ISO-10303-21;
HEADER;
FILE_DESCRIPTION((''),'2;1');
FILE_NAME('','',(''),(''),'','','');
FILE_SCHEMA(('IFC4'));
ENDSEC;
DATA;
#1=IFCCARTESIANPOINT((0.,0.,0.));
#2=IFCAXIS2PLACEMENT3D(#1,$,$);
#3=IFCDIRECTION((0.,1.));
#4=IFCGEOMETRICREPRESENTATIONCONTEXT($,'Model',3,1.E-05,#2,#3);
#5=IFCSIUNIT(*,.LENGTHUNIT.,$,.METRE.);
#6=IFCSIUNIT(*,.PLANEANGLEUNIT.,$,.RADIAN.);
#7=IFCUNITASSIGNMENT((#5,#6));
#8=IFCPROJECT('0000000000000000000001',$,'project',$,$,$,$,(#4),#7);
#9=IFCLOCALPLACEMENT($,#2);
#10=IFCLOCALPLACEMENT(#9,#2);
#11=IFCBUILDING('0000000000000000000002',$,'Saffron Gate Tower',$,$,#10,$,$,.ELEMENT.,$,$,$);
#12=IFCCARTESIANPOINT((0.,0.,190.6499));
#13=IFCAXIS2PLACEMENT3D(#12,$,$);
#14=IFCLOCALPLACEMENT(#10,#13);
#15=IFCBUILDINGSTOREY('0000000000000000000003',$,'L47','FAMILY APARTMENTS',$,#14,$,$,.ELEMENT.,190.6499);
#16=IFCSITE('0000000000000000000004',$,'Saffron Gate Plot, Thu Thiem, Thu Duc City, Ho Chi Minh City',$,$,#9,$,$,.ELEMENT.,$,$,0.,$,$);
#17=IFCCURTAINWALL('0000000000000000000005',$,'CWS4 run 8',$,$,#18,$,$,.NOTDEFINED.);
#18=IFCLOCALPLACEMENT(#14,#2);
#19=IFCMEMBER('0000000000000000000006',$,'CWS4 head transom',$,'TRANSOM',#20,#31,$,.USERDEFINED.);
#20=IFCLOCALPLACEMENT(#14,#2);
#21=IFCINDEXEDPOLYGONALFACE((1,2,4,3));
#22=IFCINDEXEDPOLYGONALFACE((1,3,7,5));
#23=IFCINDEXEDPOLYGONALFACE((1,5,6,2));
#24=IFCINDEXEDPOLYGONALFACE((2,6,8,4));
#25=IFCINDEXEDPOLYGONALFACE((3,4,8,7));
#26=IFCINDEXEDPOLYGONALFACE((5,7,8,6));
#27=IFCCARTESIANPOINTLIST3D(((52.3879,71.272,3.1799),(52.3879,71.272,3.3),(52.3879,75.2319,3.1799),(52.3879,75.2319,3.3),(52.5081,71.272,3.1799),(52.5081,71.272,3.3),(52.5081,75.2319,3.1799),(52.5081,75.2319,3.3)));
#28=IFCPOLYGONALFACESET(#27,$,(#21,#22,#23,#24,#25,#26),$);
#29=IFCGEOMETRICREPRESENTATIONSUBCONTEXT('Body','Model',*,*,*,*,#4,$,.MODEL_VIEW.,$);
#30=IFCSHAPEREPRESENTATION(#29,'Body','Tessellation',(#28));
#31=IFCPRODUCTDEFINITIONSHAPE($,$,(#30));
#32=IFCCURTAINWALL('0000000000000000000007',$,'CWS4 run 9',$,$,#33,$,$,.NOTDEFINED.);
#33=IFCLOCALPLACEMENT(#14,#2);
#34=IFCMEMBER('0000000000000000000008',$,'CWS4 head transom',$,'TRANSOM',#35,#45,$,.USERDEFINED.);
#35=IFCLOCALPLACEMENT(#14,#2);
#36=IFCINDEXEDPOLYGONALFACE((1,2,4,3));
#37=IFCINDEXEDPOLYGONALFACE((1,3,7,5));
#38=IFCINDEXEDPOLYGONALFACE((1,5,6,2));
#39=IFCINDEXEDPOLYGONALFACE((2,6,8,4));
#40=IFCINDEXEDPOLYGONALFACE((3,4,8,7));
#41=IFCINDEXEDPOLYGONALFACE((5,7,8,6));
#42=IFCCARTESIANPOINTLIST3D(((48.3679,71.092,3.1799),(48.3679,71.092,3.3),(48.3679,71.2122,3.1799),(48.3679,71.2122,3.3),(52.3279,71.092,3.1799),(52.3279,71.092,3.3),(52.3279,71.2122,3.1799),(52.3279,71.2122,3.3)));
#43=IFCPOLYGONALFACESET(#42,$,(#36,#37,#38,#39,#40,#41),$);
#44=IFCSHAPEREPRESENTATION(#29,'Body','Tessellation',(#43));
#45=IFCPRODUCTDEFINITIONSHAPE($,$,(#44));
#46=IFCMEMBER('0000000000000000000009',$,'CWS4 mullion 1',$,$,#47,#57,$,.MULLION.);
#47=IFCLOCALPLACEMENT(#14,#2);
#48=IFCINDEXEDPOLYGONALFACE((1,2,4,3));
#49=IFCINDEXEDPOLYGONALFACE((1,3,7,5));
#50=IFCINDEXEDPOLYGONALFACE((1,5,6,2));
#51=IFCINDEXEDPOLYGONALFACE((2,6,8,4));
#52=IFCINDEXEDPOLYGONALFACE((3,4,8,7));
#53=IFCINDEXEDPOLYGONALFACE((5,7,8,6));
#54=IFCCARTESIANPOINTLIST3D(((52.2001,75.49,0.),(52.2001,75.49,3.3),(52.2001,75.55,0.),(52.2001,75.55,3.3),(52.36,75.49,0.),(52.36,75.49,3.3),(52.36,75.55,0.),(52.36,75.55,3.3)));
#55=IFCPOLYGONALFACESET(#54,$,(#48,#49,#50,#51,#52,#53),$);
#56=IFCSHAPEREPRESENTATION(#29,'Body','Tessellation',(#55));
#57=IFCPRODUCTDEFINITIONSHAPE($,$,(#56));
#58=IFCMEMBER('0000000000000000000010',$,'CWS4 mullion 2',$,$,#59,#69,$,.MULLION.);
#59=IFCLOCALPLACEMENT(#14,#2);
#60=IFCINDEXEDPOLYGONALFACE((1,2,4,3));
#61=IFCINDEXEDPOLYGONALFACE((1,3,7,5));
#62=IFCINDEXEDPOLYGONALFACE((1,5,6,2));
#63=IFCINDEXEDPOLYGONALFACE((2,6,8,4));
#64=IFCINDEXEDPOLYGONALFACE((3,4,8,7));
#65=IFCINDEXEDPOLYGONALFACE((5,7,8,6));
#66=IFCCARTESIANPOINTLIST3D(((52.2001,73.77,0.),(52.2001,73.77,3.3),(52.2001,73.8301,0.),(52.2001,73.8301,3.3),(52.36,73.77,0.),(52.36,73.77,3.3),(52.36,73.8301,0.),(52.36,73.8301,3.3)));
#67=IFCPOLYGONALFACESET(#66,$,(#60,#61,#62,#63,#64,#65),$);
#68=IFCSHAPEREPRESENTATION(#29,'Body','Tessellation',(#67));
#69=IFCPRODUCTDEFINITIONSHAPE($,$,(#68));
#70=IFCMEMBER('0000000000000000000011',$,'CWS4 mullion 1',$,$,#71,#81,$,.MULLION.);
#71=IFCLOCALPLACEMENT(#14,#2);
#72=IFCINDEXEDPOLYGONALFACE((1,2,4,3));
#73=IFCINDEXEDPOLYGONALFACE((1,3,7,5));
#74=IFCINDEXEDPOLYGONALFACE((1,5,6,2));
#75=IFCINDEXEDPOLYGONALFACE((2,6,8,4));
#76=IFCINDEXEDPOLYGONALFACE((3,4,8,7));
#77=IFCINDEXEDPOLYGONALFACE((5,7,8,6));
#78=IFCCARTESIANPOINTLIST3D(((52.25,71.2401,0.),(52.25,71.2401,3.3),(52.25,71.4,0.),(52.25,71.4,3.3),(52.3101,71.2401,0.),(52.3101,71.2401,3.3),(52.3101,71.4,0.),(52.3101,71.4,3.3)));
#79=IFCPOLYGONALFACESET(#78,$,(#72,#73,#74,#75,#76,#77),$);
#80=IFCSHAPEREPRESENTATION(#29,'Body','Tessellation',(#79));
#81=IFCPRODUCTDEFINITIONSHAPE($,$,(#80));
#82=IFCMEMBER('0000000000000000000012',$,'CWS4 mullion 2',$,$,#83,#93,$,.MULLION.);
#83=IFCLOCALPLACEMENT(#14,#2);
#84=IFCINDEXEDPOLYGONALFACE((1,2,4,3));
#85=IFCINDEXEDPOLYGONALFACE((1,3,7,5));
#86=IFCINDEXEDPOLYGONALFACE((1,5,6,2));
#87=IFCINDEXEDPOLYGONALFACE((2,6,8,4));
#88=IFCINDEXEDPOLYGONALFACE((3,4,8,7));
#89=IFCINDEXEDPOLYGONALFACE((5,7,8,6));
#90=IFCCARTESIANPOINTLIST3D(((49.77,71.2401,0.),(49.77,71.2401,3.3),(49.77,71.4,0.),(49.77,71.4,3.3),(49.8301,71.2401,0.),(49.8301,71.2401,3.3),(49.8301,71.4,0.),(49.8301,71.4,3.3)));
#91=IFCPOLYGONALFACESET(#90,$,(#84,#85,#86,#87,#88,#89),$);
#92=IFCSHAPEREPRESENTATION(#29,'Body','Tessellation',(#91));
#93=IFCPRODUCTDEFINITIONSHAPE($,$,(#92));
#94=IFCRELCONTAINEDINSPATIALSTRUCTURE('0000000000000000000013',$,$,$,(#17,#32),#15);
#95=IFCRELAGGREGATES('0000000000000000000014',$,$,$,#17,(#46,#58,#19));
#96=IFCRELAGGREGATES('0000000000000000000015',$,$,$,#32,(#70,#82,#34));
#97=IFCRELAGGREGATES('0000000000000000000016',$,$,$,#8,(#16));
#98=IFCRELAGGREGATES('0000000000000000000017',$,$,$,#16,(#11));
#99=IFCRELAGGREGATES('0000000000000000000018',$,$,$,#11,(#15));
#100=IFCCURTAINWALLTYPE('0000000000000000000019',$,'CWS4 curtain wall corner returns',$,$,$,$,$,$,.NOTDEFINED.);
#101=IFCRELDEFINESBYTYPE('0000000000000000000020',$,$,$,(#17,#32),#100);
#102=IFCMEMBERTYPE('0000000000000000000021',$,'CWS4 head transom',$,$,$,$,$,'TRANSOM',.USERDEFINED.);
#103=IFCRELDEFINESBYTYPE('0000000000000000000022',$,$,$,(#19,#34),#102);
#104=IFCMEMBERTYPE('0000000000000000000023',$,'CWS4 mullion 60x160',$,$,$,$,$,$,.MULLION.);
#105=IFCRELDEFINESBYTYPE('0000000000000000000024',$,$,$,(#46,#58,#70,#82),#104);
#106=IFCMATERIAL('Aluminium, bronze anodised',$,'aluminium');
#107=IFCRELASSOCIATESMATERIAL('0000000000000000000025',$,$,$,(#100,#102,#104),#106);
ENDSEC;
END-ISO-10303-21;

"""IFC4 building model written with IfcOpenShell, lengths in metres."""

from ifc_helpers import new_model, si_unit, direction, frame, origin, origin_2d, place, context, subcontext, project, spatial, rectangle, extrude, material, material_profile, profile_set, type_object, element, aggregate, save


model = new_model("IFC4")

# Units and contexts
model_context = context("Model", 3, precision=1e-05, world=origin(), true_north=direction((0.0, 1.0)))
body_context = subcontext(model_context, "Body", "Model", "MODEL_VIEW")
ifc_project = project(units=[si_unit("LENGTHUNIT", "METRE"), si_unit("PLANEANGLEUNIT", "RADIAN")], contexts=[model_context])

# Site, building, storey
site_placement = place(None, origin())
site = spatial("IfcSite", under=ifc_project, at=site_placement, Name="Saffron Gate Plot, Thu Thiem, Thu Duc City, Ho Chi Minh City", CompositionType="ELEMENT", RefElevation=0.0)
building_placement = place(site_placement, origin())
building = spatial("IfcBuilding", under=site, at=building_placement, Name="Saffron Gate Tower", CompositionType="ELEMENT")
storey_placement = place(building_placement, frame((0.0, 0.0, 190.6499)))
storey = spatial("IfcBuildingStorey", under=building, at=storey_placement, Name="L47", Description="FAMILY APARTMENTS", CompositionType="ELEMENT", Elevation=190.6499)

# Shared definitions
ifc_material_1 = material(Name="Aluminium, bronze anodised", Category="aluminium")

# Curtain walls, members
curtain_wall_type_1 = type_object("IfcCurtainWallType", Name="CWS4 curtain wall corner returns", PredefinedType="NOTDEFINED", material=ifc_material_1)
curtain_wall_1_placement = place(storey_placement, origin())
curtain_wall_1 = element("IfcCurtainWall", 1, at=curtain_wall_1_placement, inside=storey, type_object=curtain_wall_type_1, Name="CWS4 run 8", PredefinedType="NOTDEFINED")
ifc_material_profile_1 = material_profile(ifc_material_1, rectangle(XDim=0.1201, YDim=0.1201, at=origin_2d()))
ifc_profile_set_1 = profile_set([ifc_material_profile_1], Name="Aluminium, bronze anodised")
member_type_1 = type_object("IfcMemberType", Name="CWS4 head transom", ElementType="TRANSOM", PredefinedType="USERDEFINED", material=ifc_profile_set_1)
member_1_placement = place(storey_placement, frame((52.448, 75.2319, 3.24), z_axis=(0.0, -1.0, 0.0), x_axis=(1.0, 0.0, 0.0)))
member_1 = element("IfcMember", 2, at=member_1_placement, type_object=member_type_1, Name="CWS4 head transom", ObjectType="TRANSOM", PredefinedType="USERDEFINED", context=body_context, shape_type="SweptSolid", body=[
    extrude(rectangle(XDim=0.1201, YDim=0.1201, at=origin_2d()), origin(), (0.0, 0.0, 1.0), 3.96),
])
curtain_wall_2_placement = place(storey_placement, origin())
curtain_wall_2 = element("IfcCurtainWall", 3, at=curtain_wall_2_placement, inside=storey, type_object=curtain_wall_type_1, Name="CWS4 run 9", PredefinedType="NOTDEFINED")
member_2_placement = place(storey_placement, frame((52.3279, 71.1521, 3.24), z_axis=(-1.0, 0.0, 0.0), x_axis=(0.0, -1.0, 0.0)))
member_2 = element("IfcMember", 4, at=member_2_placement, type_object=member_type_1, Name="CWS4 head transom", ObjectType="TRANSOM", PredefinedType="USERDEFINED", context=body_context, shape_type="SweptSolid", body=[
    extrude(rectangle(XDim=0.1201, YDim=0.1201, at=origin_2d()), origin(), (0.0, 0.0, 1.0), 3.96),
])

# Members
ifc_material_profile_2 = material_profile(ifc_material_1, rectangle(XDim=0.1599, YDim=0.0601, at=origin_2d()))
ifc_profile_set_2 = profile_set([ifc_material_profile_2], Name="Aluminium, bronze anodised")
member_type_2 = type_object("IfcMemberType", Name="CWS4 mullion 60x160", PredefinedType="MULLION", material=ifc_profile_set_2)
member_3_placement = place(storey_placement, frame((52.28, 75.52, 0.0), z_axis=(0.0, 0.0, 1.0), x_axis=(1.0, 0.0, 0.0)))
member_3 = element("IfcMember", 5, at=member_3_placement, type_object=member_type_2, Name="CWS4 mullion 1", PredefinedType="MULLION", context=body_context, shape_type="SweptSolid", body=[
    extrude(rectangle(XDim=0.1599, YDim=0.0601, at=origin_2d()), origin(), (0.0, 0.0, 1.0), 3.3),
])
member_4_placement = place(storey_placement, frame((52.28, 73.8, 0.0), z_axis=(0.0, 0.0, 1.0), x_axis=(1.0, 0.0, 0.0)))
member_4 = element("IfcMember", 6, at=member_4_placement, type_object=member_type_2, Name="CWS4 mullion 2", PredefinedType="MULLION", context=body_context, shape_type="SweptSolid", body=[
    extrude(rectangle(XDim=0.1599, YDim=0.0601, at=origin_2d()), origin(), (0.0, 0.0, 1.0), 3.3),
])
member_5_placement = place(storey_placement, frame((52.28, 71.3201, 0.0), z_axis=(0.0, 0.0, 1.0), x_axis=(0.0, -1.0, 0.0)))
member_5 = element("IfcMember", 7, at=member_5_placement, type_object=member_type_2, Name="CWS4 mullion 1", PredefinedType="MULLION", context=body_context, shape_type="SweptSolid", body=[
    extrude(rectangle(XDim=0.1599, YDim=0.0601, at=origin_2d()), origin(), (0.0, 0.0, 1.0), 3.3),
])
member_6_placement = place(storey_placement, frame((49.8, 71.3201, 0.0), z_axis=(0.0, 0.0, 1.0), x_axis=(0.0, -1.0, 0.0)))
member_6 = element("IfcMember", 8, at=member_6_placement, type_object=member_type_2, Name="CWS4 mullion 2", PredefinedType="MULLION", context=body_context, shape_type="SweptSolid", body=[
    extrude(rectangle(XDim=0.1599, YDim=0.0601, at=origin_2d()), origin(), (0.0, 0.0, 1.0), 3.3),
])

aggregate(curtain_wall_1, [member_3, member_4, member_1])
aggregate(curtain_wall_2, [member_5, member_6, member_2])

save(model, "model.ifc")
